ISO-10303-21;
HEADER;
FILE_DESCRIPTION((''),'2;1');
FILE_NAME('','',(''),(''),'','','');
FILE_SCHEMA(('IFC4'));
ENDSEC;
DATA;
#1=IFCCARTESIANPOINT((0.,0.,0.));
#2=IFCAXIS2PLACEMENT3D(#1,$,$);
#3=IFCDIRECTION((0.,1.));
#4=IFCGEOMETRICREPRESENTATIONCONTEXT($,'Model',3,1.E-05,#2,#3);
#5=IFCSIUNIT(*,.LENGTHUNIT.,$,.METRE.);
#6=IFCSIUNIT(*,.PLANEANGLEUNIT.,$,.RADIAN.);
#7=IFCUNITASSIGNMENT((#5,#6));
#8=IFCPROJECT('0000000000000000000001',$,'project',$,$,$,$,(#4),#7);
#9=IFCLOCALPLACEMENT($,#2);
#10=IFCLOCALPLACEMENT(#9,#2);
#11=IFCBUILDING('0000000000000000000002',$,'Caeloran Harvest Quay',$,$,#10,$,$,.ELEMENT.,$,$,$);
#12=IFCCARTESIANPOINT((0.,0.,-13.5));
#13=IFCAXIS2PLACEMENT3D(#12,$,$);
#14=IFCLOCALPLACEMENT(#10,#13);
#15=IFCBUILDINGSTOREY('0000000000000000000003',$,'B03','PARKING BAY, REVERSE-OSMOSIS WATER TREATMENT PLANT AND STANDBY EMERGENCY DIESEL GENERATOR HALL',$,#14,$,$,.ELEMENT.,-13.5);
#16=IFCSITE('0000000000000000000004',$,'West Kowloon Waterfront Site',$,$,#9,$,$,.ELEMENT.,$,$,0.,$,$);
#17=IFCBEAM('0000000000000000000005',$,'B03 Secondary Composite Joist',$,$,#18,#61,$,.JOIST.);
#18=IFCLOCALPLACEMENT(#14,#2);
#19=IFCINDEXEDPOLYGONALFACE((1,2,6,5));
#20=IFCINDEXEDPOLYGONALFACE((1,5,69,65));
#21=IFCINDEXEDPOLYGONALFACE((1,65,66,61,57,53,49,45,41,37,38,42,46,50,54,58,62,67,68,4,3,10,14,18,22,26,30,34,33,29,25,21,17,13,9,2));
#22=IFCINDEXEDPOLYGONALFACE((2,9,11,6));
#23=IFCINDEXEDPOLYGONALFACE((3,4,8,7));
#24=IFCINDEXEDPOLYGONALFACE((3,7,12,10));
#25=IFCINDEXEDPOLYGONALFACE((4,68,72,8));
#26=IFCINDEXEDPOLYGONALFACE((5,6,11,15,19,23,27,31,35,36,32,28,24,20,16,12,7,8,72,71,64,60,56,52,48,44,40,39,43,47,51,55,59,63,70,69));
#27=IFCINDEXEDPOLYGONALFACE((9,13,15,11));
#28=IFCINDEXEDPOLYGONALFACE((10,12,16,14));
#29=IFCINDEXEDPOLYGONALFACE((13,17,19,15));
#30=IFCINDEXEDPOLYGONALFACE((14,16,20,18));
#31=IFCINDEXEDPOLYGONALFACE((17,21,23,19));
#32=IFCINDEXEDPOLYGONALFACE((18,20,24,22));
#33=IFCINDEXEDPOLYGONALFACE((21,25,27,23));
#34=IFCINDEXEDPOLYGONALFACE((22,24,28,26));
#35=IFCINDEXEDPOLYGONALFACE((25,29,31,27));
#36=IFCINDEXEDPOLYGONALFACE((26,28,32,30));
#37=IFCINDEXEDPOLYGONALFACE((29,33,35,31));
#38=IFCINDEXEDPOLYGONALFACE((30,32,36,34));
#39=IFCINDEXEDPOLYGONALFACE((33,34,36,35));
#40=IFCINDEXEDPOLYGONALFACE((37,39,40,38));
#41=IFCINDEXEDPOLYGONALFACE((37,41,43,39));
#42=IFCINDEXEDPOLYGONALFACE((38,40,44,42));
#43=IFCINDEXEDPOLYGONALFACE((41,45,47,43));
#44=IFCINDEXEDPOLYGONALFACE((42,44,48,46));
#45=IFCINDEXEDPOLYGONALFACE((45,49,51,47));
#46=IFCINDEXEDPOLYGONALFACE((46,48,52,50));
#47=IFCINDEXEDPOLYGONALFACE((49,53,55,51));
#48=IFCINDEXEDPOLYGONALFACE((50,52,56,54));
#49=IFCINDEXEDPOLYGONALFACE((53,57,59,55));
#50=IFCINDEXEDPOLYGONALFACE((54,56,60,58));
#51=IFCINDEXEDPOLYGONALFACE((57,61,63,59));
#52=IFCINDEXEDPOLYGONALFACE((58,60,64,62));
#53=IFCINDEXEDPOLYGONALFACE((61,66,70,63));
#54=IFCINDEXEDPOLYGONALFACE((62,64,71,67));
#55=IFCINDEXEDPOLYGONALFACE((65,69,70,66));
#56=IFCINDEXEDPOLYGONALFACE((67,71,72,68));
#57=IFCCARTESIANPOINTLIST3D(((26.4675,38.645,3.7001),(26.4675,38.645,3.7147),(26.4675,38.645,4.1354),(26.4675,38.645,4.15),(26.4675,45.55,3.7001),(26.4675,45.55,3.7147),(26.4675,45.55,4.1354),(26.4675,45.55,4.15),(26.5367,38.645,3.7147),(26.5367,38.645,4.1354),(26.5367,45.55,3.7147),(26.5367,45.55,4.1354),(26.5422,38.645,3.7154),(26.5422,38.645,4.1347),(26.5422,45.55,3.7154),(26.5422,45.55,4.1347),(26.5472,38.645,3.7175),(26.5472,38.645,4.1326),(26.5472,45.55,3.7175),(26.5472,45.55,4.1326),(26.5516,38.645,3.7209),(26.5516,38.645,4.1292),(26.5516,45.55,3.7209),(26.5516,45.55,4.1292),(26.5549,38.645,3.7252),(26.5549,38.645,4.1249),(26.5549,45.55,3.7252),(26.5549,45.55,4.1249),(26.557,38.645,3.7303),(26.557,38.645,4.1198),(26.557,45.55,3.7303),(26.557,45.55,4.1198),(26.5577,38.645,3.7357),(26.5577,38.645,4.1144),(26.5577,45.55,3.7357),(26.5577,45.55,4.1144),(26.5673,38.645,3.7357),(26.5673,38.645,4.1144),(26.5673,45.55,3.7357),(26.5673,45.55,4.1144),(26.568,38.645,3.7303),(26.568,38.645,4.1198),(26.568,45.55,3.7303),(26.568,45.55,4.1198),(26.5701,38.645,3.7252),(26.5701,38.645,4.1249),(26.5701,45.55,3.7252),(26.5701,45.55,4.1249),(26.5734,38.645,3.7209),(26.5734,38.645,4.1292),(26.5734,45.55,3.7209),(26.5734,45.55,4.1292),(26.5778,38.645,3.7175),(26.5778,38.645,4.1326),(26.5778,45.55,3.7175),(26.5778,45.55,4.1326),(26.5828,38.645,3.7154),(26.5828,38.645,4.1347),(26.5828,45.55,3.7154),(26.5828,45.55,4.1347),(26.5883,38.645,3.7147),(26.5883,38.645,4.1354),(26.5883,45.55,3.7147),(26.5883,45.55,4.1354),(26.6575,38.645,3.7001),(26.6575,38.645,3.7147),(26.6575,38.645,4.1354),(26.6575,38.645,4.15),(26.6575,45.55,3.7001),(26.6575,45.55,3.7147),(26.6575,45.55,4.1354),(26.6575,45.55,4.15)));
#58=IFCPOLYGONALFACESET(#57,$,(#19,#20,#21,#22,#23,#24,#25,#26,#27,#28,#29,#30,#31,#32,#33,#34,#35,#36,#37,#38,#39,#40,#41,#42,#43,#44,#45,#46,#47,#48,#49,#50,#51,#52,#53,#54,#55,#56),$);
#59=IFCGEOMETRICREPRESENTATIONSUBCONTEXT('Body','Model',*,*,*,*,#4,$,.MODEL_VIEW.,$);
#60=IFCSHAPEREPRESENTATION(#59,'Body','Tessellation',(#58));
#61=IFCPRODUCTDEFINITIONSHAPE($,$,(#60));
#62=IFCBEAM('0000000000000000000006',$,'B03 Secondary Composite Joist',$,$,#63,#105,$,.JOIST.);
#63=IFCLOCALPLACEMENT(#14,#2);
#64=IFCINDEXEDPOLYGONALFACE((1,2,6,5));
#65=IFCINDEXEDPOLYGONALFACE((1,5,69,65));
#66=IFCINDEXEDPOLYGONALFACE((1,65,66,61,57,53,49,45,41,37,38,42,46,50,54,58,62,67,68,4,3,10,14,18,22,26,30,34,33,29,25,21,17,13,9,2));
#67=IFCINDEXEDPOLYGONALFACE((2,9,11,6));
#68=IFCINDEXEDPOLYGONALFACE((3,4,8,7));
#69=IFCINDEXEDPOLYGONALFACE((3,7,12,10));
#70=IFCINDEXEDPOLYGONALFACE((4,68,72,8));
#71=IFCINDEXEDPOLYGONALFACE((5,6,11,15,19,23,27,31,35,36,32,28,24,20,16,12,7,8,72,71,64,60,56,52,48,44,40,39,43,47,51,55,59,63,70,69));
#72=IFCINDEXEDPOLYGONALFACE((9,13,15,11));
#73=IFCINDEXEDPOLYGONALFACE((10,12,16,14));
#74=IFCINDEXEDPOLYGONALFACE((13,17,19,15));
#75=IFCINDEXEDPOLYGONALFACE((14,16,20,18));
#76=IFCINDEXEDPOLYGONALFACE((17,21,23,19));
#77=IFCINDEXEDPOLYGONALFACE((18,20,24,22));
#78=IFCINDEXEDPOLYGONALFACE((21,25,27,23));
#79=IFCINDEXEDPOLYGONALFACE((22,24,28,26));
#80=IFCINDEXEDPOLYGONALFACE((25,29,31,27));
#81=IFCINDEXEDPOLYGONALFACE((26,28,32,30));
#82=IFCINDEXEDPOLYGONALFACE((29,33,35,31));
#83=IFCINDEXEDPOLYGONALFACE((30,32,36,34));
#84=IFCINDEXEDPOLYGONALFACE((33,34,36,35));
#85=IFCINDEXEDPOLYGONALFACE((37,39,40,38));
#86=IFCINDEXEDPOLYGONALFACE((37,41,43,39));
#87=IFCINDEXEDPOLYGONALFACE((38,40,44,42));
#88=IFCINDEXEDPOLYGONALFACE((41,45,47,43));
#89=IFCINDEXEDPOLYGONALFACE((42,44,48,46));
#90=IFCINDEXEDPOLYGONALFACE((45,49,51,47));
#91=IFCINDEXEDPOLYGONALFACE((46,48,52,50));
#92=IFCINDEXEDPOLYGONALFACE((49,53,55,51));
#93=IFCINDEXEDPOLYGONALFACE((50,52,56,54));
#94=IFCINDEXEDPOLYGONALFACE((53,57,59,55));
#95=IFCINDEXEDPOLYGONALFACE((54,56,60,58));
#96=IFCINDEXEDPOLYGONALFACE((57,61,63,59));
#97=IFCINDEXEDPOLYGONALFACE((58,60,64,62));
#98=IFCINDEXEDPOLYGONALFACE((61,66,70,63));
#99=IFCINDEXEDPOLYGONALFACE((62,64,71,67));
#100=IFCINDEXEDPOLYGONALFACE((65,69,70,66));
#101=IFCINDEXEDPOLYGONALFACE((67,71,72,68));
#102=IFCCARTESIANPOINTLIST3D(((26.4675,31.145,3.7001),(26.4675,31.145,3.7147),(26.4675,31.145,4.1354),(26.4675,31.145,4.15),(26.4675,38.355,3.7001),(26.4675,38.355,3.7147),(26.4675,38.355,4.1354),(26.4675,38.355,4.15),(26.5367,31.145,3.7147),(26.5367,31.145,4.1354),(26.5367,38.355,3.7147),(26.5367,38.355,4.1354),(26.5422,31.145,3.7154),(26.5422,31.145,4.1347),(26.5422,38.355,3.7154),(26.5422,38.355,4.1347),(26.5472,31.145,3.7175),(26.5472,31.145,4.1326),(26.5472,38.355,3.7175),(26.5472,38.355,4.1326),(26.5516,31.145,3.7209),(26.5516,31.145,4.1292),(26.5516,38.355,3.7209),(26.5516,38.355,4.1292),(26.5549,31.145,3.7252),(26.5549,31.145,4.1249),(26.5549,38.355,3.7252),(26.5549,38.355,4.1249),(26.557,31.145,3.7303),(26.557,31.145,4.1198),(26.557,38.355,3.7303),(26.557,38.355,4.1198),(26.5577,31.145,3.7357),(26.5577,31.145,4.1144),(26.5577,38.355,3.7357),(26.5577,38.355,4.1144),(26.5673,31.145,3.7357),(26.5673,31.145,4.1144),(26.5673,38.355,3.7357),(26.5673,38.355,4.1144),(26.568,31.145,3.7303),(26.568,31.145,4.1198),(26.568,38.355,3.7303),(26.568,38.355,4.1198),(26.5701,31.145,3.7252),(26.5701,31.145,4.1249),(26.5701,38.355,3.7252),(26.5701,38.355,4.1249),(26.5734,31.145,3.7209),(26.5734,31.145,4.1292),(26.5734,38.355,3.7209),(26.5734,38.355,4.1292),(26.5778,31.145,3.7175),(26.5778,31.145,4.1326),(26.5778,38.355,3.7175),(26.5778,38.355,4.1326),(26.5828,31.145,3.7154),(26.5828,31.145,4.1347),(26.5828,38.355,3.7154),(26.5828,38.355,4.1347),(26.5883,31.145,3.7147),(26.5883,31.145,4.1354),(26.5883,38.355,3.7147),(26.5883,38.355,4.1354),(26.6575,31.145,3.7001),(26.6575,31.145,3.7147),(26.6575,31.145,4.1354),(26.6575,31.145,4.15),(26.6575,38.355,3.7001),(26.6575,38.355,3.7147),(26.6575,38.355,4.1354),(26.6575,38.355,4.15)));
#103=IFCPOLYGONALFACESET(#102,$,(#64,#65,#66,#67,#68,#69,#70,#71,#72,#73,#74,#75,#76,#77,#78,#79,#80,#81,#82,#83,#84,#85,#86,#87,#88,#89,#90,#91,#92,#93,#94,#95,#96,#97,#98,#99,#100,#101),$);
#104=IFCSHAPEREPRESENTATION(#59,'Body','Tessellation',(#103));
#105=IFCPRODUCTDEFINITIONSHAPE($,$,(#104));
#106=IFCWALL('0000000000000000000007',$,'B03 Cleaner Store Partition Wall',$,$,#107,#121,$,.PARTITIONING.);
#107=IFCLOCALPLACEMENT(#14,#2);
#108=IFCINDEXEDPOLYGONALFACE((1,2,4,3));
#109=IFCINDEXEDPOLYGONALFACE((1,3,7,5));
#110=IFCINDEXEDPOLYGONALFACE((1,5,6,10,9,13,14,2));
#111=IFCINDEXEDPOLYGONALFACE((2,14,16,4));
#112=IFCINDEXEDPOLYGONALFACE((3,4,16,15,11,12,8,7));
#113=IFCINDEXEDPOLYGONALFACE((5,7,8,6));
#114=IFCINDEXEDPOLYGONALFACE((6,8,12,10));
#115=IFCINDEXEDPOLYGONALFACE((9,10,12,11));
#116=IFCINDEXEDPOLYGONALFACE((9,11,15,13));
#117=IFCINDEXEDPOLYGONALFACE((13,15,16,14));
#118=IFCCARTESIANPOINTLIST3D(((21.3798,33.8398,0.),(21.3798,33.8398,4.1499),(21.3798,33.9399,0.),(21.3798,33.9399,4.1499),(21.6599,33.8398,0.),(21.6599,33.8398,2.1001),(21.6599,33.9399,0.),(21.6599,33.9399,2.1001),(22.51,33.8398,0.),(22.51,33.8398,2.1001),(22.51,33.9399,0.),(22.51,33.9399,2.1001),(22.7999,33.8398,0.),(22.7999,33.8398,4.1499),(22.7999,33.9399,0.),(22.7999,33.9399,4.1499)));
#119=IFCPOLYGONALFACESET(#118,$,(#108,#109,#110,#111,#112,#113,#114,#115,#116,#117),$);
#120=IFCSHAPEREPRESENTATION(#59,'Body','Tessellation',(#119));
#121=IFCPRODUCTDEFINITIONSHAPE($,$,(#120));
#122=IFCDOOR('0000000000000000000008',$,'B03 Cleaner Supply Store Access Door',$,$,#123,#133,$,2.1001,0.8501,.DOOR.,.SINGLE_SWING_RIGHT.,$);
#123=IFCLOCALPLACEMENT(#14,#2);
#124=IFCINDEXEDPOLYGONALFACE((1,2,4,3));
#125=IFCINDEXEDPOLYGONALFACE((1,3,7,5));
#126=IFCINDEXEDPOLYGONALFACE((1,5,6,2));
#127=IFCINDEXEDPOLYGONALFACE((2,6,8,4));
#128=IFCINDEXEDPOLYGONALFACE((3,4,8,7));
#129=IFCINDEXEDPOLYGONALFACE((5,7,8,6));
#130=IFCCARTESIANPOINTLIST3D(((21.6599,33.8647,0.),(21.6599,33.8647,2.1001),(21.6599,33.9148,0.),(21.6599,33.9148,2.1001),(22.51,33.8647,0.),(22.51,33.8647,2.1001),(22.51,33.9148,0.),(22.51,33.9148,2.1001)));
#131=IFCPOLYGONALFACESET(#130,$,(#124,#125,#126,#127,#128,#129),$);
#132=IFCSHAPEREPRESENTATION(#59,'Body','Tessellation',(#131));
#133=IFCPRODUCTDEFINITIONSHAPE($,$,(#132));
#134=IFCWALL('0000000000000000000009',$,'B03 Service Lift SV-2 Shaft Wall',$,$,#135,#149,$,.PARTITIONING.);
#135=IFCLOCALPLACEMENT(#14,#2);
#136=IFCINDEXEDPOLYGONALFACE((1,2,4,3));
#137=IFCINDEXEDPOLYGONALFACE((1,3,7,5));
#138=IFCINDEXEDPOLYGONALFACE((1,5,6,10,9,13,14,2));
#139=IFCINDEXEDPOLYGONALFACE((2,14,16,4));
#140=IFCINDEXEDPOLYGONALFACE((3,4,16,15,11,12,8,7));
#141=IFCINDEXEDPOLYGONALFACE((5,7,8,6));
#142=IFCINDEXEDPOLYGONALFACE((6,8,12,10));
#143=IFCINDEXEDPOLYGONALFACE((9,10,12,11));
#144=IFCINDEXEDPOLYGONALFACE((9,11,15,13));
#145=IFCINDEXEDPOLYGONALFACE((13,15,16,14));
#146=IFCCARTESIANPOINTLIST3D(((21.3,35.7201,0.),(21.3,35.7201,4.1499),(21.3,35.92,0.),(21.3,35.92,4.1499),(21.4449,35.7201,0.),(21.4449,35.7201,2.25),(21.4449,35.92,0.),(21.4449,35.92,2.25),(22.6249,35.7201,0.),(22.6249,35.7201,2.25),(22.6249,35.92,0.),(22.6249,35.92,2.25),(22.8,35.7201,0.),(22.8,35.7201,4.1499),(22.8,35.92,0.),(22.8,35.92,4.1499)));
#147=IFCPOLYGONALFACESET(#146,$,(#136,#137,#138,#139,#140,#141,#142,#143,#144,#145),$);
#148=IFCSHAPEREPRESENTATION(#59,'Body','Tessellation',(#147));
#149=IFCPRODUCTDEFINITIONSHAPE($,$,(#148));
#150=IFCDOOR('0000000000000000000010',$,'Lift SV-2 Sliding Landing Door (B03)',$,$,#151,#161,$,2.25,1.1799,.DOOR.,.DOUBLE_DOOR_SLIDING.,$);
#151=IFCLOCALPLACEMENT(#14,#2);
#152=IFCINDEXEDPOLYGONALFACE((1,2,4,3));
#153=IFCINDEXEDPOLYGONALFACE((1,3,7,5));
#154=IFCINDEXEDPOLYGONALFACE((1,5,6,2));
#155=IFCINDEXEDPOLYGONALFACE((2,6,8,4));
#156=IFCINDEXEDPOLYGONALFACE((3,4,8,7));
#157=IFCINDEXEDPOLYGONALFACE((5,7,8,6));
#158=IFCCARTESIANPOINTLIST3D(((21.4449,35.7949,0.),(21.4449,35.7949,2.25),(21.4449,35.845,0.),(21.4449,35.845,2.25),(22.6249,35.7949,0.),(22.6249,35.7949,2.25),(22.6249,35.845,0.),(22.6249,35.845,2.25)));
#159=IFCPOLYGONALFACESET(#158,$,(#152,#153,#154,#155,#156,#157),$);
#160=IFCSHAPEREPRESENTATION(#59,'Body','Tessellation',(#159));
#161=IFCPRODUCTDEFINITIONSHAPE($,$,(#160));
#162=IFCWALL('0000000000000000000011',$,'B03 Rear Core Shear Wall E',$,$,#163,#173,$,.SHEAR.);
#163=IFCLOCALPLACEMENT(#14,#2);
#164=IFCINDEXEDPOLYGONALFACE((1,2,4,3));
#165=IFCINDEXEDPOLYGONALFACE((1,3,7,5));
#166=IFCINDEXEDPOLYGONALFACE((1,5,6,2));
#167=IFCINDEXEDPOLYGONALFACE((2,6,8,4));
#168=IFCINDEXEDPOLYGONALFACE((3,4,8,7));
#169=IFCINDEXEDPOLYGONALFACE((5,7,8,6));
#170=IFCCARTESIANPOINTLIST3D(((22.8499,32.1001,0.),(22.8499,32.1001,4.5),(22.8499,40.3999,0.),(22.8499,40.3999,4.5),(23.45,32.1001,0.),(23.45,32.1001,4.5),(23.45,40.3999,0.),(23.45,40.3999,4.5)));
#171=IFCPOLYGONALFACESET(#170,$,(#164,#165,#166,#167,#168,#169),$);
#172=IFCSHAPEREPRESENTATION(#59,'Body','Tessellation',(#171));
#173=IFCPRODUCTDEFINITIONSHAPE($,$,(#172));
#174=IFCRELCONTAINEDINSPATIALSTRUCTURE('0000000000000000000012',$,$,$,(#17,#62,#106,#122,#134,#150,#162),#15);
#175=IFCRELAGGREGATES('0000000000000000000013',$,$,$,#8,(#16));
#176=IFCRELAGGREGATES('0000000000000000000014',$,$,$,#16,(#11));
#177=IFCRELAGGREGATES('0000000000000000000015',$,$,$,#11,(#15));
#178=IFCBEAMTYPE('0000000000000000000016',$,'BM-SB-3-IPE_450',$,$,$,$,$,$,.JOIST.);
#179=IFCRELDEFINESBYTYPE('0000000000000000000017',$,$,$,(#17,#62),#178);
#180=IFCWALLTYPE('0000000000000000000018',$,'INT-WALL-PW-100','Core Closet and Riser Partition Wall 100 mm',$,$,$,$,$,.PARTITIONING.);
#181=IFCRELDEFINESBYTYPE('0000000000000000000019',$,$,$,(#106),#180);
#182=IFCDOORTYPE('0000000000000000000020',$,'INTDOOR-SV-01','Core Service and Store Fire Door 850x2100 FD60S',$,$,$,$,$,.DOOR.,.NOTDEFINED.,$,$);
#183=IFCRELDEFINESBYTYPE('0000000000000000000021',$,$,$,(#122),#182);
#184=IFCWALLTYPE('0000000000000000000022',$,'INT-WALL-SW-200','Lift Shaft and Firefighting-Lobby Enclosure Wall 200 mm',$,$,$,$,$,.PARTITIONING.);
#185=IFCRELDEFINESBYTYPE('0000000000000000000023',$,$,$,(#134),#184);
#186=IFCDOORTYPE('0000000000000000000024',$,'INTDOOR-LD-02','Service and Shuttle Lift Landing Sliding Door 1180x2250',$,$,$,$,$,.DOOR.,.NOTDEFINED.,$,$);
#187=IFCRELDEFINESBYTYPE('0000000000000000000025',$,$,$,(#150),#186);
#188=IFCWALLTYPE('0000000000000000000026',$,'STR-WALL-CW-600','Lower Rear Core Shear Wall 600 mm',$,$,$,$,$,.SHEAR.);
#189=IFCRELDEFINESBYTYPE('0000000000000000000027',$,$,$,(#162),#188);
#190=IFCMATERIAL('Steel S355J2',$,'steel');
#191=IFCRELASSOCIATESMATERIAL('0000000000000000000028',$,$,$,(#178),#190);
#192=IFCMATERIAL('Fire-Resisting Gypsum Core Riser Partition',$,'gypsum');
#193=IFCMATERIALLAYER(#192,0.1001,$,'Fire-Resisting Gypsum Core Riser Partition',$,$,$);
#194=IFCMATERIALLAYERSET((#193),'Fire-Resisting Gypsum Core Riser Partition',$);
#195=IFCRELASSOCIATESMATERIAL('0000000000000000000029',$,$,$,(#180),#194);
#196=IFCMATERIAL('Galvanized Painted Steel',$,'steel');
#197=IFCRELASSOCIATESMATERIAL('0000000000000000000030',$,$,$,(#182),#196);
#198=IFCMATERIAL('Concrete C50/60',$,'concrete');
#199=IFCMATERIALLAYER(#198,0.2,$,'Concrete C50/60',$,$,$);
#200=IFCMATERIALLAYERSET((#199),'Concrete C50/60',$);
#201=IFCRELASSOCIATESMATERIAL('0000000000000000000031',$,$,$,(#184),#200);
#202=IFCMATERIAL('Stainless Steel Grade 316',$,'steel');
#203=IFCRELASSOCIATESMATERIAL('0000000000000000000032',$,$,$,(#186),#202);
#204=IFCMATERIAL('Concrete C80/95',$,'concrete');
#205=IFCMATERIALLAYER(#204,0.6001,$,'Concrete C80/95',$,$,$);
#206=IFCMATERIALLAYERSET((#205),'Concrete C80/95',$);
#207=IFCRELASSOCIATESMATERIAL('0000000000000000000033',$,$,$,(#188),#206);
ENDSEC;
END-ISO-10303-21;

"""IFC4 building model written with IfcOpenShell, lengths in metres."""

from ifc_helpers import new_model, si_unit, direction, frame, frame_2d, origin, origin_2d, place, context, subcontext, project, spatial, rectangle, i_section, extrude, material, layer, layer_set, material_profile, profile_set, type_object, element, fill, save


model = new_model("IFC4")

# Units and contexts
model_context = context("Model", 3, precision=1e-05, world=origin(), true_north=direction((0.0, 1.0)))
body_context = subcontext(model_context, "Body", "Model", "MODEL_VIEW")
ifc_project = project(units=[si_unit("LENGTHUNIT", "METRE"), si_unit("PLANEANGLEUNIT", "RADIAN")], contexts=[model_context])

# Site, building, storey
site_placement = place(None, origin())
site = spatial("IfcSite", under=ifc_project, at=site_placement, Name="West Kowloon Waterfront Site", CompositionType="ELEMENT", RefElevation=0.0)
building_placement = place(site_placement, origin())
building = spatial("IfcBuilding", under=site, at=building_placement, Name="Caeloran Harvest Quay", CompositionType="ELEMENT")
storey_placement = place(building_placement, frame((0.0, 0.0, -13.5)))
storey = spatial("IfcBuildingStorey", under=building, at=storey_placement, Name="B03", Description="PARKING BAY, REVERSE-OSMOSIS WATER TREATMENT PLANT AND STANDBY EMERGENCY DIESEL GENERATOR HALL", CompositionType="ELEMENT", Elevation=-13.5)

# Shared definitions
ifc_material_1 = material(Name="Concrete C80/95", Category="concrete")

# Beams
ifc_material_2 = material(Name="Steel S355J2", Category="steel")
ifc_material_profile_1 = material_profile(ifc_material_2, i_section(OverallWidth=0.1899, OverallDepth=0.45, WebThickness=0.0095, FlangeThickness=0.0146, FilletRadius=0.021, at=origin_2d()), Name="IPE 450")
ifc_profile_set_1 = profile_set([ifc_material_profile_1], Name="Steel S355J2")
beam_type_1 = type_object("IfcBeamType", Name="BM-SB-3-IPE_450", PredefinedType="JOIST", material=ifc_profile_set_1)
beam_1_placement = place(storey_placement, frame((26.5625, 38.645, 3.925), z_axis=(0.0, 1.0, 0.0), x_axis=(-1.0, 0.0, 0.0)))
element("IfcBeam", 1, at=beam_1_placement, inside=storey, type_object=beam_type_1, Name="B03 Secondary Composite Joist", PredefinedType="JOIST", context=body_context, shape_type="SweptSolid", body=[
    extrude(i_section(OverallWidth=0.1899, OverallDepth=0.45, WebThickness=0.0095, FlangeThickness=0.0146, FilletRadius=0.021, at=origin_2d()), origin(), (0.0, 0.0, 1.0), 6.905),
])
beam_2_placement = place(storey_placement, frame((26.5625, 31.145, 3.925), z_axis=(0.0, 1.0, 0.0), x_axis=(-1.0, 0.0, 0.0)))
element("IfcBeam", 2, at=beam_2_placement, inside=storey, type_object=beam_type_1, Name="B03 Secondary Composite Joist", PredefinedType="JOIST", context=body_context, shape_type="SweptSolid", body=[
    extrude(i_section(OverallWidth=0.1899, OverallDepth=0.45, WebThickness=0.0095, FlangeThickness=0.0146, FilletRadius=0.021, at=origin_2d()), origin(), (0.0, 0.0, 1.0), 7.21),
])

# Walls, openings, doors
ifc_material_3 = material(Name="Fire-Resisting Gypsum Core Riser Partition", Category="gypsum")
ifc_layer_1 = layer(ifc_material_3, 0.1001, Name="Fire-Resisting Gypsum Core Riser Partition")
ifc_layer_set_1 = layer_set([ifc_layer_1], Name="Fire-Resisting Gypsum Core Riser Partition")
wall_type_1 = type_object("IfcWallType", Name="INT-WALL-PW-100", Description="Core Closet and Riser Partition Wall 100 mm", PredefinedType="PARTITIONING", material=ifc_layer_set_1)
wall_1_placement = place(storey_placement, frame((21.3799, 33.8899, 0.0), z_axis=(0.0, 0.0, 1.0), x_axis=(1.0, 0.0, 0.0)))
wall_1 = element("IfcWall", 3, at=wall_1_placement, inside=storey, type_object=wall_type_1, Name="B03 Cleaner Store Partition Wall", PredefinedType="PARTITIONING", context=body_context, shape_type="SweptSolid", body=[
    extrude(rectangle(XDim=1.4202, YDim=0.1001, at=frame_2d((0.71, 0.0))), origin(), (0.0, 0.0, 1.0), 4.1499),
])
opening_1_placement = place(wall_1_placement, frame((0.28, 0.0, 0.0)))
opening_1 = element("IfcOpeningElement", 4, at=opening_1_placement, cuts=wall_1, PredefinedType="OPENING", context=body_context, shape_type="SweptSolid", body=[
    extrude(rectangle(XDim=0.8501, YDim=2.1001, at=frame_2d((0.425, 1.05))), frame((0.0, 0.0601, 0.0), z_axis=(0.0, -1.0, 0.0), x_axis=(1.0, 0.0, 0.0)), (0.0, 0.0, 1.0), 0.1201),
])
ifc_material_4 = material(Name="Galvanized Painted Steel", Category="steel")
door_type_1 = type_object("IfcDoorType", Name="INTDOOR-SV-01", Description="Core Service and Store Fire Door 850x2100 FD60S", OperationType="NOTDEFINED", PredefinedType="DOOR", material=ifc_material_4)
door_1_placement = place(opening_1_placement, origin())
door_1 = element("IfcDoor", 5, at=door_1_placement, inside=storey, type_object=door_type_1, Name="B03 Cleaner Supply Store Access Door", OperationType="SINGLE_SWING_RIGHT", OverallHeight=2.1001, OverallWidth=0.8501, PredefinedType="DOOR", context=body_context, shape_type="SweptSolid", body=[
    extrude(rectangle(XDim=0.8501, YDim=2.1001, at=frame_2d((0.425, 1.05))), frame((0.0, 0.0249, 0.0), z_axis=(0.0, -1.0, 0.0), x_axis=(1.0, 0.0, 0.0)), (0.0, 0.0, 1.0), 0.05),
])
fill(opening_1, door_1)
ifc_material_5 = material(Name="Concrete C50/60", Category="concrete")
ifc_layer_2 = layer(ifc_material_5, 0.2, Name="Concrete C50/60")
ifc_layer_set_2 = layer_set([ifc_layer_2], Name="Concrete C50/60")
wall_type_2 = type_object("IfcWallType", Name="INT-WALL-SW-200", Description="Lift Shaft and Firefighting-Lobby Enclosure Wall 200 mm", PredefinedType="PARTITIONING", material=ifc_layer_set_2)
wall_2_placement = place(storey_placement, frame((21.3, 35.8201, 0.0), z_axis=(0.0, 0.0, 1.0), x_axis=(1.0, 0.0, 0.0)))
wall_2 = element("IfcWall", 6, at=wall_2_placement, inside=storey, type_object=wall_type_2, Name="B03 Service Lift SV-2 Shaft Wall", PredefinedType="PARTITIONING", context=body_context, shape_type="SweptSolid", body=[
    extrude(rectangle(XDim=1.5, YDim=0.2, at=frame_2d((0.75, 0.0))), origin(), (0.0, 0.0, 1.0), 4.1499),
])
opening_2_placement = place(wall_2_placement, frame((0.145, 0.0, 0.0)))
opening_2 = element("IfcOpeningElement", 7, at=opening_2_placement, cuts=wall_2, PredefinedType="OPENING", context=body_context, shape_type="SweptSolid", body=[
    extrude(rectangle(XDim=1.1799, YDim=2.25, at=frame_2d((0.5898, 1.125))), frame((0.0, 0.1099, 0.0), z_axis=(0.0, -1.0, 0.0), x_axis=(1.0, 0.0, 0.0)), (0.0, 0.0, 1.0), 0.22),
])
ifc_material_6 = material(Name="Stainless Steel Grade 316", Category="steel")
door_type_2 = type_object("IfcDoorType", Name="INTDOOR-LD-02", Description="Service and Shuttle Lift Landing Sliding Door 1180x2250", OperationType="NOTDEFINED", PredefinedType="DOOR", material=ifc_material_6)
door_2_placement = place(opening_2_placement, origin())
door_2 = element("IfcDoor", 8, at=door_2_placement, inside=storey, type_object=door_type_2, Name="Lift SV-2 Sliding Landing Door (B03)", OperationType="DOUBLE_DOOR_SLIDING", OverallHeight=2.25, OverallWidth=1.1799, PredefinedType="DOOR", context=body_context, shape_type="SweptSolid", body=[
    extrude(rectangle(XDim=1.1799, YDim=2.25, at=frame_2d((0.5898, 1.125))), frame((0.0, 0.0249, 0.0), z_axis=(0.0, -1.0, 0.0), x_axis=(1.0, 0.0, 0.0)), (0.0, 0.0, 1.0), 0.05),
])
fill(opening_2, door_2)

# Wall
ifc_layer_3 = layer(ifc_material_1, 0.6001, Name="Concrete C80/95")
ifc_layer_set_3 = layer_set([ifc_layer_3], Name="Concrete C80/95")
wall_type_3 = type_object("IfcWallType", Name="STR-WALL-CW-600", Description="Lower Rear Core Shear Wall 600 mm", PredefinedType="SHEAR", material=ifc_layer_set_3)
wall_3_placement = place(storey_placement, frame((23.1499, 32.1001, 0.0), z_axis=(0.0, 0.0, 1.0), x_axis=(0.0, 1.0, 0.0)))
element("IfcWall", 9, at=wall_3_placement, inside=storey, type_object=wall_type_3, Name="B03 Rear Core Shear Wall E", PredefinedType="SHEAR", context=body_context, shape_type="SweptSolid", body=[
    extrude(rectangle(XDim=8.2998, YDim=0.6001, at=frame_2d((4.1499, 0.0))), origin(), (0.0, 0.0, 1.0), 4.5),
])

save(model, "model.ifc")
